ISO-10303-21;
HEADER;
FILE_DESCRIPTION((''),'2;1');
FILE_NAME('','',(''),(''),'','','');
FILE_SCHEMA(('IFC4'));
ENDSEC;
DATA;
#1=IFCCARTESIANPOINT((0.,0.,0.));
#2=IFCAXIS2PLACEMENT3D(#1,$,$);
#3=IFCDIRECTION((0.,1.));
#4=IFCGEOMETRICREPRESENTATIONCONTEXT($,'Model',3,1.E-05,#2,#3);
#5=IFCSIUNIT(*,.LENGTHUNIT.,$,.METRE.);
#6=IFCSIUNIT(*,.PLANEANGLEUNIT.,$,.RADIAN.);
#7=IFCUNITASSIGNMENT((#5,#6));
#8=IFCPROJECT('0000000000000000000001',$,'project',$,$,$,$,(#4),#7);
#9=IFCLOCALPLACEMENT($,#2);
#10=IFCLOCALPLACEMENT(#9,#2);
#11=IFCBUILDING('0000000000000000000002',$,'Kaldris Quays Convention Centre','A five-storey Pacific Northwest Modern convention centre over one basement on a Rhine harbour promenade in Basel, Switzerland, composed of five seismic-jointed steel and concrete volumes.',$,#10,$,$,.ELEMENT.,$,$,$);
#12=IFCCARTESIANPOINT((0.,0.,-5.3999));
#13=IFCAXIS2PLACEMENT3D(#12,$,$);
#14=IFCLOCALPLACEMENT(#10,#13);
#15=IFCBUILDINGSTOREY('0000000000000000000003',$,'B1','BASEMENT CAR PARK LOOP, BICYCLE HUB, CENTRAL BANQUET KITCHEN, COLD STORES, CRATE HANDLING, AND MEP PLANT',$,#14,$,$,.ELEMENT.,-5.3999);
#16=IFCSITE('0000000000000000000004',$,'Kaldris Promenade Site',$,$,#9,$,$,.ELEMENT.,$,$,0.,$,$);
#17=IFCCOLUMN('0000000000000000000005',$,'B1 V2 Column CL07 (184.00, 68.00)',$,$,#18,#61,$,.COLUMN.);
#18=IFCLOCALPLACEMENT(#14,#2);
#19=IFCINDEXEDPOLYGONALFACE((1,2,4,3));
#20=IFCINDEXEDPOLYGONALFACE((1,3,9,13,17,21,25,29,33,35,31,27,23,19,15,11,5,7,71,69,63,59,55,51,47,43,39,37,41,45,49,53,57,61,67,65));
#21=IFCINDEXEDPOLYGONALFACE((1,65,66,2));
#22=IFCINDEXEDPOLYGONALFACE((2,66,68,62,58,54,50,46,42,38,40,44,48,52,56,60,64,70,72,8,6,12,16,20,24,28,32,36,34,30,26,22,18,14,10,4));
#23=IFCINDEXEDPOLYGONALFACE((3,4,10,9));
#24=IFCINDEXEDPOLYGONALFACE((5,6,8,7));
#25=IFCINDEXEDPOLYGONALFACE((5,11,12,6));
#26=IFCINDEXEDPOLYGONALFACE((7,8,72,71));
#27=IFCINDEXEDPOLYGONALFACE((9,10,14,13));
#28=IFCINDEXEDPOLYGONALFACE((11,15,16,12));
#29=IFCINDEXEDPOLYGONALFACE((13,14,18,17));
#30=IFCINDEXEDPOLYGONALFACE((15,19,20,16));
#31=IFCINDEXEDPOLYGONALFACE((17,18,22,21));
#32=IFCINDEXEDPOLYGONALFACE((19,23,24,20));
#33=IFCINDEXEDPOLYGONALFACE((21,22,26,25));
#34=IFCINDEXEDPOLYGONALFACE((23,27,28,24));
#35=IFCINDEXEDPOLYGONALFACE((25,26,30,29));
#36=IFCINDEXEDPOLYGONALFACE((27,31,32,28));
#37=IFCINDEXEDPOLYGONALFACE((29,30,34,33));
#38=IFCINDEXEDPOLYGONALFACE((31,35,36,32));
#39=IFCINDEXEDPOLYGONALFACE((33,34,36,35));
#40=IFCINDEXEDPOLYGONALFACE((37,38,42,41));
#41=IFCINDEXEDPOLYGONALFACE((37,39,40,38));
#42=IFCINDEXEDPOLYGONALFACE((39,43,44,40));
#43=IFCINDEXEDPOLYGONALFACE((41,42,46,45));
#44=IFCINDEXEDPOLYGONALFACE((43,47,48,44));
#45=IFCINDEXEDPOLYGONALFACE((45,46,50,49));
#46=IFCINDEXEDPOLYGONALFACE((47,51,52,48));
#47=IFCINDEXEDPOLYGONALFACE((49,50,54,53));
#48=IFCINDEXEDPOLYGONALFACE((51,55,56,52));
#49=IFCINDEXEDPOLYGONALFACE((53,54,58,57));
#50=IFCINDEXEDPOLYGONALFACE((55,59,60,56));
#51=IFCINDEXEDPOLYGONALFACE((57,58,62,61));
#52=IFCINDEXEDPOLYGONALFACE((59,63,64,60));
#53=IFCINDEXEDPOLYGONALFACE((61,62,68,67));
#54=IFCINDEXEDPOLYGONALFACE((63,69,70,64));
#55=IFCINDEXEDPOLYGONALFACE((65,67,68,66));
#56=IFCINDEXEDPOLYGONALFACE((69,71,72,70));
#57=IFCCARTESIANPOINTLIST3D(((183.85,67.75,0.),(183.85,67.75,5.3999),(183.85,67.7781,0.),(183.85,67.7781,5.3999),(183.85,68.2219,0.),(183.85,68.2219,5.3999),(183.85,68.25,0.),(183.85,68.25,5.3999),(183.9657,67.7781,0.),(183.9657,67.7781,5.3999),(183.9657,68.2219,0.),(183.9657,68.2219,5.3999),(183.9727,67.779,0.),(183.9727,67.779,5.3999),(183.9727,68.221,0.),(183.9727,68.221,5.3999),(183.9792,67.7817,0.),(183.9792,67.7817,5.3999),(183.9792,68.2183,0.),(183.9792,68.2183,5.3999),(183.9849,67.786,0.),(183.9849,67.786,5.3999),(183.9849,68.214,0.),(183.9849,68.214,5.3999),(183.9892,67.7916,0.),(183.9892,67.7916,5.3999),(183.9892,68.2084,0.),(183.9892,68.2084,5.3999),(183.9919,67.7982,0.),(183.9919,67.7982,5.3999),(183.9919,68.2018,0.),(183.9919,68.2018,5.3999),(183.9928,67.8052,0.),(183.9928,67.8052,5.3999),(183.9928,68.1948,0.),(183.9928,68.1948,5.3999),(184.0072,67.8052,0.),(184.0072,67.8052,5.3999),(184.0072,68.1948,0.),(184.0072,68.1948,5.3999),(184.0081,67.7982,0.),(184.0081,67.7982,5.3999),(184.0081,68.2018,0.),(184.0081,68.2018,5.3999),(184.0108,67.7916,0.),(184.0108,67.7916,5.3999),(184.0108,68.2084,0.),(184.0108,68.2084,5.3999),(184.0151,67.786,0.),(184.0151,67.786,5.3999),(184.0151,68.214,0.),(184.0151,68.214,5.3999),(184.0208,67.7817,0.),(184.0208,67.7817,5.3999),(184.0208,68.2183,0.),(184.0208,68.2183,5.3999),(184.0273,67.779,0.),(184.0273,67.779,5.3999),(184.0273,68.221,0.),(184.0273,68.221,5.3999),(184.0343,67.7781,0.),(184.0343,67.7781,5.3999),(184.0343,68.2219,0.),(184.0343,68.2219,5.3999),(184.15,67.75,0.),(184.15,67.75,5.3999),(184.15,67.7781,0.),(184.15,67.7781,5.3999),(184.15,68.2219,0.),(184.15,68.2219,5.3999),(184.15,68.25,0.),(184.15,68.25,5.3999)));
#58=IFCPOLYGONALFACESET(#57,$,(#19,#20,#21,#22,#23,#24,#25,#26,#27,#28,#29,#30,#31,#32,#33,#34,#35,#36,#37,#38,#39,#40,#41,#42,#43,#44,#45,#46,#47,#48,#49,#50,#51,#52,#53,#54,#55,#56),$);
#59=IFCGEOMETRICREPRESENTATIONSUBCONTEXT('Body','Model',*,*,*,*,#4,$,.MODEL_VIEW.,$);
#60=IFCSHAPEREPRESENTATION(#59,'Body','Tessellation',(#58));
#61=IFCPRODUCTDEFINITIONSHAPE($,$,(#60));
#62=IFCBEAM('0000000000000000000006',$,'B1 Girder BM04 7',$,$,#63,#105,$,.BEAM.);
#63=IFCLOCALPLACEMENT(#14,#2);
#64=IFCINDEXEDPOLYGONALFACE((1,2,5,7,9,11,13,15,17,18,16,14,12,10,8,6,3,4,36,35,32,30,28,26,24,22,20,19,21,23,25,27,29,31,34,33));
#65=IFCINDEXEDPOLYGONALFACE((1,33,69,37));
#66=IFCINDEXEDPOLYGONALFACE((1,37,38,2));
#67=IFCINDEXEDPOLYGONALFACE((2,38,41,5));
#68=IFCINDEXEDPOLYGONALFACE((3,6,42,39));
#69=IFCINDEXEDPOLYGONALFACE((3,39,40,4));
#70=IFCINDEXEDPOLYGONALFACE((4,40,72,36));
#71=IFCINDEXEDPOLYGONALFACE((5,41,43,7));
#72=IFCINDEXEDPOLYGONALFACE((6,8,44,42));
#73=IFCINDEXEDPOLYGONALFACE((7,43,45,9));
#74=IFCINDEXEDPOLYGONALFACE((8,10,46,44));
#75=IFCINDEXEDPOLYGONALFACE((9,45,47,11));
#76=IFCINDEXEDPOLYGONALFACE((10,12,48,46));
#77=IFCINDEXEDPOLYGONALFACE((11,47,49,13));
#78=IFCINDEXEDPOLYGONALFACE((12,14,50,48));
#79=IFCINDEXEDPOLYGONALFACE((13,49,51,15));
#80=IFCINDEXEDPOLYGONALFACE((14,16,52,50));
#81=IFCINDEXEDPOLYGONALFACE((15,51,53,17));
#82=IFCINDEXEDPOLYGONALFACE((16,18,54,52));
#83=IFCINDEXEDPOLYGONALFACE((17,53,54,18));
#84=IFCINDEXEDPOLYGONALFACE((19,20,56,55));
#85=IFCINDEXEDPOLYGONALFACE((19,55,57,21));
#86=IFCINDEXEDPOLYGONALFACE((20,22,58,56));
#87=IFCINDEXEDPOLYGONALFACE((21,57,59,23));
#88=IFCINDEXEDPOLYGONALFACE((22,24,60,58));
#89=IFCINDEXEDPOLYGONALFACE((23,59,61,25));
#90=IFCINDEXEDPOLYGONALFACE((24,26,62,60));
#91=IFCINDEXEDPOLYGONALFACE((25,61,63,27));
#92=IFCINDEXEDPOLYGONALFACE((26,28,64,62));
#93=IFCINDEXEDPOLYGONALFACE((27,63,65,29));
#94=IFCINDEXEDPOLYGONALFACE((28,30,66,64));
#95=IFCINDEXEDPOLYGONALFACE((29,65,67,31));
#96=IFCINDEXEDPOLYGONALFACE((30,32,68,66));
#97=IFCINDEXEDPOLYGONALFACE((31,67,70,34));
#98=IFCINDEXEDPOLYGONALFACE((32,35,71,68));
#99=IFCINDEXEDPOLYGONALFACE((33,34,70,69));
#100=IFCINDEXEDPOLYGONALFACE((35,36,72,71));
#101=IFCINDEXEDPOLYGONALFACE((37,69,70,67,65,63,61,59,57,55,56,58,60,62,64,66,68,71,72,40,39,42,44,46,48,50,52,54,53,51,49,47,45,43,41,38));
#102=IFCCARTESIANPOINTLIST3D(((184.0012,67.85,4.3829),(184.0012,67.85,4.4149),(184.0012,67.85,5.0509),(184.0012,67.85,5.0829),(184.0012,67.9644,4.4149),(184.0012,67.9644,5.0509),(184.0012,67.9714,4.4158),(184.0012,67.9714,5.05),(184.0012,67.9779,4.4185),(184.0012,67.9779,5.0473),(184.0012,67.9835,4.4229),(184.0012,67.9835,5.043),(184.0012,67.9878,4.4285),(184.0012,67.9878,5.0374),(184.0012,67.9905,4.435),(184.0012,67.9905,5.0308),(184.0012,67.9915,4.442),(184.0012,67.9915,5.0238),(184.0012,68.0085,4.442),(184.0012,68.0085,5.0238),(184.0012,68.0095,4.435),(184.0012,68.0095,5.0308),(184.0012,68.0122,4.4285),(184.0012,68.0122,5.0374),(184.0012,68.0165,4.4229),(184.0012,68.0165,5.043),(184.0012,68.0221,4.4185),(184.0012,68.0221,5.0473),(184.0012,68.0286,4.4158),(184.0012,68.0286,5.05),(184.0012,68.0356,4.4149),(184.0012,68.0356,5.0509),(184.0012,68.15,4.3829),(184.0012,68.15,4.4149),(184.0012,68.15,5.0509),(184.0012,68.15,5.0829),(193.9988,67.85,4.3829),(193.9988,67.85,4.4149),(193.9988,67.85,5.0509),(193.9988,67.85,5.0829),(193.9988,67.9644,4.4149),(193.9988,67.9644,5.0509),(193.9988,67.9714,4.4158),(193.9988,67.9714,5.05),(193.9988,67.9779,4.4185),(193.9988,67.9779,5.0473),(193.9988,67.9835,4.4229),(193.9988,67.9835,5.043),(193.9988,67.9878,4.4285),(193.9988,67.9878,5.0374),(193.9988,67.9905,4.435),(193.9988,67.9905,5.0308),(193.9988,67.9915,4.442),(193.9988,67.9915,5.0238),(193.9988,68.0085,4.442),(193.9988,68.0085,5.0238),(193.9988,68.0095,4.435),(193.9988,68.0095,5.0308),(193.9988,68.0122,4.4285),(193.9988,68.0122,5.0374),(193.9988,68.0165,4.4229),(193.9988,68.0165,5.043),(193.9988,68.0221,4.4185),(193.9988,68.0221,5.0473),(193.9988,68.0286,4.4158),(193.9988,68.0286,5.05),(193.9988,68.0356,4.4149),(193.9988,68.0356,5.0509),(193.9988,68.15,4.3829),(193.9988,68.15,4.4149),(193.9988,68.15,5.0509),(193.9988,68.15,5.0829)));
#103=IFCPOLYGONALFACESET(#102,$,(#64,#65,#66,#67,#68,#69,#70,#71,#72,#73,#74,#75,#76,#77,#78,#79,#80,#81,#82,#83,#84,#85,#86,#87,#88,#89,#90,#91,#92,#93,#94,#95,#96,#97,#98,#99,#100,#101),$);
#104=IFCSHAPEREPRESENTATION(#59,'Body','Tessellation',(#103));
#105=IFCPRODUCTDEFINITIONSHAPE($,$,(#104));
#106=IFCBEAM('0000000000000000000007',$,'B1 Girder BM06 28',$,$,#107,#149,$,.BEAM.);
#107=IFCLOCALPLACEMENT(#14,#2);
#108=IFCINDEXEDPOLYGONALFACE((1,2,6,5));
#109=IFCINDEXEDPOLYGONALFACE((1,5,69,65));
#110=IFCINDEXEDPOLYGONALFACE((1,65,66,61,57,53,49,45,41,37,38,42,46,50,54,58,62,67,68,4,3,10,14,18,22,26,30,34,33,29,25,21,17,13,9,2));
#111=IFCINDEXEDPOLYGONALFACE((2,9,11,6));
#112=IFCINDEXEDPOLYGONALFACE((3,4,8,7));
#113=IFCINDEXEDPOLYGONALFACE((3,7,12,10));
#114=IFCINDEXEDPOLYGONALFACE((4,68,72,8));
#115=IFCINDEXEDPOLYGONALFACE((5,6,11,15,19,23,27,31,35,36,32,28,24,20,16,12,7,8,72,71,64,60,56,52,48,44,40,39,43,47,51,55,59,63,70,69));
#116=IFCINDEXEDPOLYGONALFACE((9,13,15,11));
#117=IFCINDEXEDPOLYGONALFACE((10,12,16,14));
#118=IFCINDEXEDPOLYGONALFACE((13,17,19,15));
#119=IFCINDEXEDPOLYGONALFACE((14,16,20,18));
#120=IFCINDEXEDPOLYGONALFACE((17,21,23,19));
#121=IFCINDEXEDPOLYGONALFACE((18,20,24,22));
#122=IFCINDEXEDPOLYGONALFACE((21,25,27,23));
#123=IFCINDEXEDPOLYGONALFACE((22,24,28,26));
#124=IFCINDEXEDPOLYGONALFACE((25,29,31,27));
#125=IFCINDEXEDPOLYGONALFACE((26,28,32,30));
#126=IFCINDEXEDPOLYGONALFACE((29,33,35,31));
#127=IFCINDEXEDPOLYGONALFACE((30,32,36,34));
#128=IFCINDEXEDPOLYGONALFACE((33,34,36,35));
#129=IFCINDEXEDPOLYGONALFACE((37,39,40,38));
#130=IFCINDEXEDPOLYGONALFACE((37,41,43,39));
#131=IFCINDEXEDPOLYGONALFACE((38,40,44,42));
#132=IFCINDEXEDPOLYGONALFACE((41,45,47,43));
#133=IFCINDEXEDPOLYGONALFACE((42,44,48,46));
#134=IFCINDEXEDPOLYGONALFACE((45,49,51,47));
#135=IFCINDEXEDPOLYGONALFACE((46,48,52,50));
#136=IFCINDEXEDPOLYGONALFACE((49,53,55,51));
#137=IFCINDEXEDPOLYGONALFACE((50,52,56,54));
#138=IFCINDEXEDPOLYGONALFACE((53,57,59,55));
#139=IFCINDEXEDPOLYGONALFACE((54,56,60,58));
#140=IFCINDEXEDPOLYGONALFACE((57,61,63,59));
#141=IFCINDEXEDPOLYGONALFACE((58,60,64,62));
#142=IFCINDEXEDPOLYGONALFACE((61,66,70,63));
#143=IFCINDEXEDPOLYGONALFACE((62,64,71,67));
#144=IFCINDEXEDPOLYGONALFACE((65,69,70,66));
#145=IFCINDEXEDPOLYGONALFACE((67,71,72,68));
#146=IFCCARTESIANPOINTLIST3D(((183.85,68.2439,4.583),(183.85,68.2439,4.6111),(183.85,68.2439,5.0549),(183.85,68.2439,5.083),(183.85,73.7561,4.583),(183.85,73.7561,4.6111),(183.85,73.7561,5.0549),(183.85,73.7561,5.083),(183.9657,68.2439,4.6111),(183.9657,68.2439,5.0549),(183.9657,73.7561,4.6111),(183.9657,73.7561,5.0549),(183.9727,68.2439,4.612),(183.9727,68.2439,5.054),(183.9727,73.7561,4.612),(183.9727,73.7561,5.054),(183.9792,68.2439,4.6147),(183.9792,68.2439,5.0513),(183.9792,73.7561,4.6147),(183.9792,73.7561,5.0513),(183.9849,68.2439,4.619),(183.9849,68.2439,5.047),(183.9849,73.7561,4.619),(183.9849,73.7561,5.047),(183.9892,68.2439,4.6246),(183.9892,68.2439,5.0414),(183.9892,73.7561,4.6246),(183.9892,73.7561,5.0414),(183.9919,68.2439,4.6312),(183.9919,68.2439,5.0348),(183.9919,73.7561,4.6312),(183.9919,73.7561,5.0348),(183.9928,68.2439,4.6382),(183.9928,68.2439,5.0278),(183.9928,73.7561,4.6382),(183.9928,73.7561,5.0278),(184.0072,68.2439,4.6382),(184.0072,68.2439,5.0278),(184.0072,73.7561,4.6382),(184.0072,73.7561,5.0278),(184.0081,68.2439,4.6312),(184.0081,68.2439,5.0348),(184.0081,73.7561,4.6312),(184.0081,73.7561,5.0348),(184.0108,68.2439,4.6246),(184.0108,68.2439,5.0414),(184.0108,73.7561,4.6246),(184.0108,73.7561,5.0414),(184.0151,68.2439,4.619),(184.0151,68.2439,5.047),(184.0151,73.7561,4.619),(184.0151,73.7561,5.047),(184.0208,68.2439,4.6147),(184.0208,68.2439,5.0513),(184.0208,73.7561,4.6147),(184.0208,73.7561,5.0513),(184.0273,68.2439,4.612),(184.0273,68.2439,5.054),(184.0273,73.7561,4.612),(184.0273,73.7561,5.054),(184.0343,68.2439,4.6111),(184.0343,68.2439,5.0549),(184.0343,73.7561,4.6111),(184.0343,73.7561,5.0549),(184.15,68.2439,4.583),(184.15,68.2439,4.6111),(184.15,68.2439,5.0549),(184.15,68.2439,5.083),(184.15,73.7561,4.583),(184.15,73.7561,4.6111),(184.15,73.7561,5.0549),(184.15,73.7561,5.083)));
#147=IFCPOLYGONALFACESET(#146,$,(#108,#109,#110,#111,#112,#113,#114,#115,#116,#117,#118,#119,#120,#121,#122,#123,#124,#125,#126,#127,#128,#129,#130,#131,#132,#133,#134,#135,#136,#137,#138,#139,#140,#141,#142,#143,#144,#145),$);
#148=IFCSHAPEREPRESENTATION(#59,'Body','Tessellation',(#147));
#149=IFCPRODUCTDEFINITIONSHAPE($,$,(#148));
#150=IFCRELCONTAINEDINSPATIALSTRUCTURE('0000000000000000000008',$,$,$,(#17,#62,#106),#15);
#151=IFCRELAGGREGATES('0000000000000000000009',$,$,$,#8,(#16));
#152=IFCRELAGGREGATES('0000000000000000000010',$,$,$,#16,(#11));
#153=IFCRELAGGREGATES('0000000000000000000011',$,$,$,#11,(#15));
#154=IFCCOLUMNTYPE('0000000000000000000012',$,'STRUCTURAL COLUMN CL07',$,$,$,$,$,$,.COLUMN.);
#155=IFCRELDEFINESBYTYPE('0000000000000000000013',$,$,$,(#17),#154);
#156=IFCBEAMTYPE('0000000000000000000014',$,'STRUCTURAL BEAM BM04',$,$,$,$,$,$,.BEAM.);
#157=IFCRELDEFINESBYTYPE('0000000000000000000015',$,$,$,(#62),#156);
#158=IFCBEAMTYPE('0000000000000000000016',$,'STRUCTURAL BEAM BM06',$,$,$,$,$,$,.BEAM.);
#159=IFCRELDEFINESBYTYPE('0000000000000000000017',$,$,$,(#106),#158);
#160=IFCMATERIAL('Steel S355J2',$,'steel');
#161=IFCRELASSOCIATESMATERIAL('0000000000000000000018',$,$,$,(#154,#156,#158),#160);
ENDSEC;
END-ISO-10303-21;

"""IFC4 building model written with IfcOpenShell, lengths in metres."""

from ifc_helpers import new_model, si_unit, direction, frame, origin, origin_2d, place, context, subcontext, project, spatial, i_section, extrude, material, material_profile, profile_set, type_object, element, save


model = new_model("IFC4")

# Units and contexts
model_context = context("Model", 3, precision=1e-05, world=origin(), true_north=direction((0.0, 1.0)))
body_context = subcontext(model_context, "Body", "Model", "MODEL_VIEW")
ifc_project = project(units=[si_unit("LENGTHUNIT", "METRE"), si_unit("PLANEANGLEUNIT", "RADIAN")], contexts=[model_context])

# Site, building, storey
site_placement = place(None, origin())
site = spatial("IfcSite", under=ifc_project, at=site_placement, Name="Kaldris Promenade Site", CompositionType="ELEMENT", RefElevation=0.0)
building_placement = place(site_placement, origin())
building = spatial("IfcBuilding", under=site, at=building_placement, Name="Kaldris Quays Convention Centre", Description="A five-storey Pacific Northwest Modern convention centre over one basement on a Rhine harbour promenade in Basel, Switzerland, composed of five seismic-jointed steel and concrete volumes.", CompositionType="ELEMENT")
storey_placement = place(building_placement, frame((0.0, 0.0, -5.3999)))
storey = spatial("IfcBuildingStorey", under=building, at=storey_placement, Name="B1", Description="BASEMENT CAR PARK LOOP, BICYCLE HUB, CENTRAL BANQUET KITCHEN, COLD STORES, CRATE HANDLING, AND MEP PLANT", CompositionType="ELEMENT", Elevation=-5.3999)

# Column
ifc_material_1 = material(Name="Steel S355J2", Category="steel")
ifc_material_profile_1 = material_profile(ifc_material_1, i_section(OverallWidth=0.3, OverallDepth=0.5, WebThickness=0.0144, FlangeThickness=0.0281, FilletRadius=0.0271, at=origin_2d()), Name="HEB 500")
ifc_profile_set_1 = profile_set([ifc_material_profile_1], Name="Steel S355J2")
column_type = type_object("IfcColumnType", Name="STRUCTURAL COLUMN CL07", PredefinedType="COLUMN", material=ifc_profile_set_1)
column_placement = place(storey_placement, frame((184.0, 68.0, 0.0), z_axis=(0.0, 0.0, 1.0), x_axis=(1.0, 0.0, 0.0)))
element("IfcColumn", 1, at=column_placement, inside=storey, type_object=column_type, Name="B1 V2 Column CL07 (184.00, 68.00)", PredefinedType="COLUMN", context=body_context, shape_type="SweptSolid", body=[
    extrude(i_section(OverallWidth=0.3, OverallDepth=0.5, WebThickness=0.0144, FlangeThickness=0.0281, FilletRadius=0.0271, at=origin_2d()), origin(), (0.0, 0.0, 1.0), 5.3999),
])

# Beams
ifc_material_profile_2 = material_profile(ifc_material_1, i_section(OverallWidth=0.3, OverallDepth=0.7, WebThickness=0.0171, FlangeThickness=0.032, FilletRadius=0.0271, at=origin_2d()), Name="HEB 700")
ifc_profile_set_2 = profile_set([ifc_material_profile_2], Name="Steel S355J2")
beam_type_1 = type_object("IfcBeamType", Name="STRUCTURAL BEAM BM04", PredefinedType="BEAM", material=ifc_profile_set_2)
beam_1_placement = place(storey_placement, frame((184.0012, 68.0, 4.7329), z_axis=(1.0, 0.0, 0.0), x_axis=(0.0, 1.0, 0.0)))
element("IfcBeam", 2, at=beam_1_placement, inside=storey, type_object=beam_type_1, Name="B1 Girder BM04 7", PredefinedType="BEAM", context=body_context, shape_type="SweptSolid", body=[
    extrude(i_section(OverallWidth=0.3, OverallDepth=0.7, WebThickness=0.0171, FlangeThickness=0.032, FilletRadius=0.0271, at=origin_2d()), origin(), (0.0, 0.0, 1.0), 9.9976),
])
ifc_material_profile_3 = material_profile(ifc_material_1, i_section(OverallWidth=0.3, OverallDepth=0.5, WebThickness=0.0144, FlangeThickness=0.0281, FilletRadius=0.0271, at=origin_2d()), Name="HEB 500")
ifc_profile_set_3 = profile_set([ifc_material_profile_3], Name="Steel S355J2")
beam_type_2 = type_object("IfcBeamType", Name="STRUCTURAL BEAM BM06", PredefinedType="BEAM", material=ifc_profile_set_3)
beam_2_placement = place(storey_placement, frame((184.0, 68.2439, 4.833), z_axis=(0.0, 1.0, 0.0), x_axis=(-1.0, 0.0, 0.0)))
element("IfcBeam", 3, at=beam_2_placement, inside=storey, type_object=beam_type_2, Name="B1 Girder BM06 28", PredefinedType="BEAM", context=body_context, shape_type="SweptSolid", body=[
    extrude(i_section(OverallWidth=0.3, OverallDepth=0.5, WebThickness=0.0144, FlangeThickness=0.0281, FilletRadius=0.0271, at=origin_2d()), origin(), (0.0, 0.0, 1.0), 5.5122),
])

save(model, "model.ifc")
